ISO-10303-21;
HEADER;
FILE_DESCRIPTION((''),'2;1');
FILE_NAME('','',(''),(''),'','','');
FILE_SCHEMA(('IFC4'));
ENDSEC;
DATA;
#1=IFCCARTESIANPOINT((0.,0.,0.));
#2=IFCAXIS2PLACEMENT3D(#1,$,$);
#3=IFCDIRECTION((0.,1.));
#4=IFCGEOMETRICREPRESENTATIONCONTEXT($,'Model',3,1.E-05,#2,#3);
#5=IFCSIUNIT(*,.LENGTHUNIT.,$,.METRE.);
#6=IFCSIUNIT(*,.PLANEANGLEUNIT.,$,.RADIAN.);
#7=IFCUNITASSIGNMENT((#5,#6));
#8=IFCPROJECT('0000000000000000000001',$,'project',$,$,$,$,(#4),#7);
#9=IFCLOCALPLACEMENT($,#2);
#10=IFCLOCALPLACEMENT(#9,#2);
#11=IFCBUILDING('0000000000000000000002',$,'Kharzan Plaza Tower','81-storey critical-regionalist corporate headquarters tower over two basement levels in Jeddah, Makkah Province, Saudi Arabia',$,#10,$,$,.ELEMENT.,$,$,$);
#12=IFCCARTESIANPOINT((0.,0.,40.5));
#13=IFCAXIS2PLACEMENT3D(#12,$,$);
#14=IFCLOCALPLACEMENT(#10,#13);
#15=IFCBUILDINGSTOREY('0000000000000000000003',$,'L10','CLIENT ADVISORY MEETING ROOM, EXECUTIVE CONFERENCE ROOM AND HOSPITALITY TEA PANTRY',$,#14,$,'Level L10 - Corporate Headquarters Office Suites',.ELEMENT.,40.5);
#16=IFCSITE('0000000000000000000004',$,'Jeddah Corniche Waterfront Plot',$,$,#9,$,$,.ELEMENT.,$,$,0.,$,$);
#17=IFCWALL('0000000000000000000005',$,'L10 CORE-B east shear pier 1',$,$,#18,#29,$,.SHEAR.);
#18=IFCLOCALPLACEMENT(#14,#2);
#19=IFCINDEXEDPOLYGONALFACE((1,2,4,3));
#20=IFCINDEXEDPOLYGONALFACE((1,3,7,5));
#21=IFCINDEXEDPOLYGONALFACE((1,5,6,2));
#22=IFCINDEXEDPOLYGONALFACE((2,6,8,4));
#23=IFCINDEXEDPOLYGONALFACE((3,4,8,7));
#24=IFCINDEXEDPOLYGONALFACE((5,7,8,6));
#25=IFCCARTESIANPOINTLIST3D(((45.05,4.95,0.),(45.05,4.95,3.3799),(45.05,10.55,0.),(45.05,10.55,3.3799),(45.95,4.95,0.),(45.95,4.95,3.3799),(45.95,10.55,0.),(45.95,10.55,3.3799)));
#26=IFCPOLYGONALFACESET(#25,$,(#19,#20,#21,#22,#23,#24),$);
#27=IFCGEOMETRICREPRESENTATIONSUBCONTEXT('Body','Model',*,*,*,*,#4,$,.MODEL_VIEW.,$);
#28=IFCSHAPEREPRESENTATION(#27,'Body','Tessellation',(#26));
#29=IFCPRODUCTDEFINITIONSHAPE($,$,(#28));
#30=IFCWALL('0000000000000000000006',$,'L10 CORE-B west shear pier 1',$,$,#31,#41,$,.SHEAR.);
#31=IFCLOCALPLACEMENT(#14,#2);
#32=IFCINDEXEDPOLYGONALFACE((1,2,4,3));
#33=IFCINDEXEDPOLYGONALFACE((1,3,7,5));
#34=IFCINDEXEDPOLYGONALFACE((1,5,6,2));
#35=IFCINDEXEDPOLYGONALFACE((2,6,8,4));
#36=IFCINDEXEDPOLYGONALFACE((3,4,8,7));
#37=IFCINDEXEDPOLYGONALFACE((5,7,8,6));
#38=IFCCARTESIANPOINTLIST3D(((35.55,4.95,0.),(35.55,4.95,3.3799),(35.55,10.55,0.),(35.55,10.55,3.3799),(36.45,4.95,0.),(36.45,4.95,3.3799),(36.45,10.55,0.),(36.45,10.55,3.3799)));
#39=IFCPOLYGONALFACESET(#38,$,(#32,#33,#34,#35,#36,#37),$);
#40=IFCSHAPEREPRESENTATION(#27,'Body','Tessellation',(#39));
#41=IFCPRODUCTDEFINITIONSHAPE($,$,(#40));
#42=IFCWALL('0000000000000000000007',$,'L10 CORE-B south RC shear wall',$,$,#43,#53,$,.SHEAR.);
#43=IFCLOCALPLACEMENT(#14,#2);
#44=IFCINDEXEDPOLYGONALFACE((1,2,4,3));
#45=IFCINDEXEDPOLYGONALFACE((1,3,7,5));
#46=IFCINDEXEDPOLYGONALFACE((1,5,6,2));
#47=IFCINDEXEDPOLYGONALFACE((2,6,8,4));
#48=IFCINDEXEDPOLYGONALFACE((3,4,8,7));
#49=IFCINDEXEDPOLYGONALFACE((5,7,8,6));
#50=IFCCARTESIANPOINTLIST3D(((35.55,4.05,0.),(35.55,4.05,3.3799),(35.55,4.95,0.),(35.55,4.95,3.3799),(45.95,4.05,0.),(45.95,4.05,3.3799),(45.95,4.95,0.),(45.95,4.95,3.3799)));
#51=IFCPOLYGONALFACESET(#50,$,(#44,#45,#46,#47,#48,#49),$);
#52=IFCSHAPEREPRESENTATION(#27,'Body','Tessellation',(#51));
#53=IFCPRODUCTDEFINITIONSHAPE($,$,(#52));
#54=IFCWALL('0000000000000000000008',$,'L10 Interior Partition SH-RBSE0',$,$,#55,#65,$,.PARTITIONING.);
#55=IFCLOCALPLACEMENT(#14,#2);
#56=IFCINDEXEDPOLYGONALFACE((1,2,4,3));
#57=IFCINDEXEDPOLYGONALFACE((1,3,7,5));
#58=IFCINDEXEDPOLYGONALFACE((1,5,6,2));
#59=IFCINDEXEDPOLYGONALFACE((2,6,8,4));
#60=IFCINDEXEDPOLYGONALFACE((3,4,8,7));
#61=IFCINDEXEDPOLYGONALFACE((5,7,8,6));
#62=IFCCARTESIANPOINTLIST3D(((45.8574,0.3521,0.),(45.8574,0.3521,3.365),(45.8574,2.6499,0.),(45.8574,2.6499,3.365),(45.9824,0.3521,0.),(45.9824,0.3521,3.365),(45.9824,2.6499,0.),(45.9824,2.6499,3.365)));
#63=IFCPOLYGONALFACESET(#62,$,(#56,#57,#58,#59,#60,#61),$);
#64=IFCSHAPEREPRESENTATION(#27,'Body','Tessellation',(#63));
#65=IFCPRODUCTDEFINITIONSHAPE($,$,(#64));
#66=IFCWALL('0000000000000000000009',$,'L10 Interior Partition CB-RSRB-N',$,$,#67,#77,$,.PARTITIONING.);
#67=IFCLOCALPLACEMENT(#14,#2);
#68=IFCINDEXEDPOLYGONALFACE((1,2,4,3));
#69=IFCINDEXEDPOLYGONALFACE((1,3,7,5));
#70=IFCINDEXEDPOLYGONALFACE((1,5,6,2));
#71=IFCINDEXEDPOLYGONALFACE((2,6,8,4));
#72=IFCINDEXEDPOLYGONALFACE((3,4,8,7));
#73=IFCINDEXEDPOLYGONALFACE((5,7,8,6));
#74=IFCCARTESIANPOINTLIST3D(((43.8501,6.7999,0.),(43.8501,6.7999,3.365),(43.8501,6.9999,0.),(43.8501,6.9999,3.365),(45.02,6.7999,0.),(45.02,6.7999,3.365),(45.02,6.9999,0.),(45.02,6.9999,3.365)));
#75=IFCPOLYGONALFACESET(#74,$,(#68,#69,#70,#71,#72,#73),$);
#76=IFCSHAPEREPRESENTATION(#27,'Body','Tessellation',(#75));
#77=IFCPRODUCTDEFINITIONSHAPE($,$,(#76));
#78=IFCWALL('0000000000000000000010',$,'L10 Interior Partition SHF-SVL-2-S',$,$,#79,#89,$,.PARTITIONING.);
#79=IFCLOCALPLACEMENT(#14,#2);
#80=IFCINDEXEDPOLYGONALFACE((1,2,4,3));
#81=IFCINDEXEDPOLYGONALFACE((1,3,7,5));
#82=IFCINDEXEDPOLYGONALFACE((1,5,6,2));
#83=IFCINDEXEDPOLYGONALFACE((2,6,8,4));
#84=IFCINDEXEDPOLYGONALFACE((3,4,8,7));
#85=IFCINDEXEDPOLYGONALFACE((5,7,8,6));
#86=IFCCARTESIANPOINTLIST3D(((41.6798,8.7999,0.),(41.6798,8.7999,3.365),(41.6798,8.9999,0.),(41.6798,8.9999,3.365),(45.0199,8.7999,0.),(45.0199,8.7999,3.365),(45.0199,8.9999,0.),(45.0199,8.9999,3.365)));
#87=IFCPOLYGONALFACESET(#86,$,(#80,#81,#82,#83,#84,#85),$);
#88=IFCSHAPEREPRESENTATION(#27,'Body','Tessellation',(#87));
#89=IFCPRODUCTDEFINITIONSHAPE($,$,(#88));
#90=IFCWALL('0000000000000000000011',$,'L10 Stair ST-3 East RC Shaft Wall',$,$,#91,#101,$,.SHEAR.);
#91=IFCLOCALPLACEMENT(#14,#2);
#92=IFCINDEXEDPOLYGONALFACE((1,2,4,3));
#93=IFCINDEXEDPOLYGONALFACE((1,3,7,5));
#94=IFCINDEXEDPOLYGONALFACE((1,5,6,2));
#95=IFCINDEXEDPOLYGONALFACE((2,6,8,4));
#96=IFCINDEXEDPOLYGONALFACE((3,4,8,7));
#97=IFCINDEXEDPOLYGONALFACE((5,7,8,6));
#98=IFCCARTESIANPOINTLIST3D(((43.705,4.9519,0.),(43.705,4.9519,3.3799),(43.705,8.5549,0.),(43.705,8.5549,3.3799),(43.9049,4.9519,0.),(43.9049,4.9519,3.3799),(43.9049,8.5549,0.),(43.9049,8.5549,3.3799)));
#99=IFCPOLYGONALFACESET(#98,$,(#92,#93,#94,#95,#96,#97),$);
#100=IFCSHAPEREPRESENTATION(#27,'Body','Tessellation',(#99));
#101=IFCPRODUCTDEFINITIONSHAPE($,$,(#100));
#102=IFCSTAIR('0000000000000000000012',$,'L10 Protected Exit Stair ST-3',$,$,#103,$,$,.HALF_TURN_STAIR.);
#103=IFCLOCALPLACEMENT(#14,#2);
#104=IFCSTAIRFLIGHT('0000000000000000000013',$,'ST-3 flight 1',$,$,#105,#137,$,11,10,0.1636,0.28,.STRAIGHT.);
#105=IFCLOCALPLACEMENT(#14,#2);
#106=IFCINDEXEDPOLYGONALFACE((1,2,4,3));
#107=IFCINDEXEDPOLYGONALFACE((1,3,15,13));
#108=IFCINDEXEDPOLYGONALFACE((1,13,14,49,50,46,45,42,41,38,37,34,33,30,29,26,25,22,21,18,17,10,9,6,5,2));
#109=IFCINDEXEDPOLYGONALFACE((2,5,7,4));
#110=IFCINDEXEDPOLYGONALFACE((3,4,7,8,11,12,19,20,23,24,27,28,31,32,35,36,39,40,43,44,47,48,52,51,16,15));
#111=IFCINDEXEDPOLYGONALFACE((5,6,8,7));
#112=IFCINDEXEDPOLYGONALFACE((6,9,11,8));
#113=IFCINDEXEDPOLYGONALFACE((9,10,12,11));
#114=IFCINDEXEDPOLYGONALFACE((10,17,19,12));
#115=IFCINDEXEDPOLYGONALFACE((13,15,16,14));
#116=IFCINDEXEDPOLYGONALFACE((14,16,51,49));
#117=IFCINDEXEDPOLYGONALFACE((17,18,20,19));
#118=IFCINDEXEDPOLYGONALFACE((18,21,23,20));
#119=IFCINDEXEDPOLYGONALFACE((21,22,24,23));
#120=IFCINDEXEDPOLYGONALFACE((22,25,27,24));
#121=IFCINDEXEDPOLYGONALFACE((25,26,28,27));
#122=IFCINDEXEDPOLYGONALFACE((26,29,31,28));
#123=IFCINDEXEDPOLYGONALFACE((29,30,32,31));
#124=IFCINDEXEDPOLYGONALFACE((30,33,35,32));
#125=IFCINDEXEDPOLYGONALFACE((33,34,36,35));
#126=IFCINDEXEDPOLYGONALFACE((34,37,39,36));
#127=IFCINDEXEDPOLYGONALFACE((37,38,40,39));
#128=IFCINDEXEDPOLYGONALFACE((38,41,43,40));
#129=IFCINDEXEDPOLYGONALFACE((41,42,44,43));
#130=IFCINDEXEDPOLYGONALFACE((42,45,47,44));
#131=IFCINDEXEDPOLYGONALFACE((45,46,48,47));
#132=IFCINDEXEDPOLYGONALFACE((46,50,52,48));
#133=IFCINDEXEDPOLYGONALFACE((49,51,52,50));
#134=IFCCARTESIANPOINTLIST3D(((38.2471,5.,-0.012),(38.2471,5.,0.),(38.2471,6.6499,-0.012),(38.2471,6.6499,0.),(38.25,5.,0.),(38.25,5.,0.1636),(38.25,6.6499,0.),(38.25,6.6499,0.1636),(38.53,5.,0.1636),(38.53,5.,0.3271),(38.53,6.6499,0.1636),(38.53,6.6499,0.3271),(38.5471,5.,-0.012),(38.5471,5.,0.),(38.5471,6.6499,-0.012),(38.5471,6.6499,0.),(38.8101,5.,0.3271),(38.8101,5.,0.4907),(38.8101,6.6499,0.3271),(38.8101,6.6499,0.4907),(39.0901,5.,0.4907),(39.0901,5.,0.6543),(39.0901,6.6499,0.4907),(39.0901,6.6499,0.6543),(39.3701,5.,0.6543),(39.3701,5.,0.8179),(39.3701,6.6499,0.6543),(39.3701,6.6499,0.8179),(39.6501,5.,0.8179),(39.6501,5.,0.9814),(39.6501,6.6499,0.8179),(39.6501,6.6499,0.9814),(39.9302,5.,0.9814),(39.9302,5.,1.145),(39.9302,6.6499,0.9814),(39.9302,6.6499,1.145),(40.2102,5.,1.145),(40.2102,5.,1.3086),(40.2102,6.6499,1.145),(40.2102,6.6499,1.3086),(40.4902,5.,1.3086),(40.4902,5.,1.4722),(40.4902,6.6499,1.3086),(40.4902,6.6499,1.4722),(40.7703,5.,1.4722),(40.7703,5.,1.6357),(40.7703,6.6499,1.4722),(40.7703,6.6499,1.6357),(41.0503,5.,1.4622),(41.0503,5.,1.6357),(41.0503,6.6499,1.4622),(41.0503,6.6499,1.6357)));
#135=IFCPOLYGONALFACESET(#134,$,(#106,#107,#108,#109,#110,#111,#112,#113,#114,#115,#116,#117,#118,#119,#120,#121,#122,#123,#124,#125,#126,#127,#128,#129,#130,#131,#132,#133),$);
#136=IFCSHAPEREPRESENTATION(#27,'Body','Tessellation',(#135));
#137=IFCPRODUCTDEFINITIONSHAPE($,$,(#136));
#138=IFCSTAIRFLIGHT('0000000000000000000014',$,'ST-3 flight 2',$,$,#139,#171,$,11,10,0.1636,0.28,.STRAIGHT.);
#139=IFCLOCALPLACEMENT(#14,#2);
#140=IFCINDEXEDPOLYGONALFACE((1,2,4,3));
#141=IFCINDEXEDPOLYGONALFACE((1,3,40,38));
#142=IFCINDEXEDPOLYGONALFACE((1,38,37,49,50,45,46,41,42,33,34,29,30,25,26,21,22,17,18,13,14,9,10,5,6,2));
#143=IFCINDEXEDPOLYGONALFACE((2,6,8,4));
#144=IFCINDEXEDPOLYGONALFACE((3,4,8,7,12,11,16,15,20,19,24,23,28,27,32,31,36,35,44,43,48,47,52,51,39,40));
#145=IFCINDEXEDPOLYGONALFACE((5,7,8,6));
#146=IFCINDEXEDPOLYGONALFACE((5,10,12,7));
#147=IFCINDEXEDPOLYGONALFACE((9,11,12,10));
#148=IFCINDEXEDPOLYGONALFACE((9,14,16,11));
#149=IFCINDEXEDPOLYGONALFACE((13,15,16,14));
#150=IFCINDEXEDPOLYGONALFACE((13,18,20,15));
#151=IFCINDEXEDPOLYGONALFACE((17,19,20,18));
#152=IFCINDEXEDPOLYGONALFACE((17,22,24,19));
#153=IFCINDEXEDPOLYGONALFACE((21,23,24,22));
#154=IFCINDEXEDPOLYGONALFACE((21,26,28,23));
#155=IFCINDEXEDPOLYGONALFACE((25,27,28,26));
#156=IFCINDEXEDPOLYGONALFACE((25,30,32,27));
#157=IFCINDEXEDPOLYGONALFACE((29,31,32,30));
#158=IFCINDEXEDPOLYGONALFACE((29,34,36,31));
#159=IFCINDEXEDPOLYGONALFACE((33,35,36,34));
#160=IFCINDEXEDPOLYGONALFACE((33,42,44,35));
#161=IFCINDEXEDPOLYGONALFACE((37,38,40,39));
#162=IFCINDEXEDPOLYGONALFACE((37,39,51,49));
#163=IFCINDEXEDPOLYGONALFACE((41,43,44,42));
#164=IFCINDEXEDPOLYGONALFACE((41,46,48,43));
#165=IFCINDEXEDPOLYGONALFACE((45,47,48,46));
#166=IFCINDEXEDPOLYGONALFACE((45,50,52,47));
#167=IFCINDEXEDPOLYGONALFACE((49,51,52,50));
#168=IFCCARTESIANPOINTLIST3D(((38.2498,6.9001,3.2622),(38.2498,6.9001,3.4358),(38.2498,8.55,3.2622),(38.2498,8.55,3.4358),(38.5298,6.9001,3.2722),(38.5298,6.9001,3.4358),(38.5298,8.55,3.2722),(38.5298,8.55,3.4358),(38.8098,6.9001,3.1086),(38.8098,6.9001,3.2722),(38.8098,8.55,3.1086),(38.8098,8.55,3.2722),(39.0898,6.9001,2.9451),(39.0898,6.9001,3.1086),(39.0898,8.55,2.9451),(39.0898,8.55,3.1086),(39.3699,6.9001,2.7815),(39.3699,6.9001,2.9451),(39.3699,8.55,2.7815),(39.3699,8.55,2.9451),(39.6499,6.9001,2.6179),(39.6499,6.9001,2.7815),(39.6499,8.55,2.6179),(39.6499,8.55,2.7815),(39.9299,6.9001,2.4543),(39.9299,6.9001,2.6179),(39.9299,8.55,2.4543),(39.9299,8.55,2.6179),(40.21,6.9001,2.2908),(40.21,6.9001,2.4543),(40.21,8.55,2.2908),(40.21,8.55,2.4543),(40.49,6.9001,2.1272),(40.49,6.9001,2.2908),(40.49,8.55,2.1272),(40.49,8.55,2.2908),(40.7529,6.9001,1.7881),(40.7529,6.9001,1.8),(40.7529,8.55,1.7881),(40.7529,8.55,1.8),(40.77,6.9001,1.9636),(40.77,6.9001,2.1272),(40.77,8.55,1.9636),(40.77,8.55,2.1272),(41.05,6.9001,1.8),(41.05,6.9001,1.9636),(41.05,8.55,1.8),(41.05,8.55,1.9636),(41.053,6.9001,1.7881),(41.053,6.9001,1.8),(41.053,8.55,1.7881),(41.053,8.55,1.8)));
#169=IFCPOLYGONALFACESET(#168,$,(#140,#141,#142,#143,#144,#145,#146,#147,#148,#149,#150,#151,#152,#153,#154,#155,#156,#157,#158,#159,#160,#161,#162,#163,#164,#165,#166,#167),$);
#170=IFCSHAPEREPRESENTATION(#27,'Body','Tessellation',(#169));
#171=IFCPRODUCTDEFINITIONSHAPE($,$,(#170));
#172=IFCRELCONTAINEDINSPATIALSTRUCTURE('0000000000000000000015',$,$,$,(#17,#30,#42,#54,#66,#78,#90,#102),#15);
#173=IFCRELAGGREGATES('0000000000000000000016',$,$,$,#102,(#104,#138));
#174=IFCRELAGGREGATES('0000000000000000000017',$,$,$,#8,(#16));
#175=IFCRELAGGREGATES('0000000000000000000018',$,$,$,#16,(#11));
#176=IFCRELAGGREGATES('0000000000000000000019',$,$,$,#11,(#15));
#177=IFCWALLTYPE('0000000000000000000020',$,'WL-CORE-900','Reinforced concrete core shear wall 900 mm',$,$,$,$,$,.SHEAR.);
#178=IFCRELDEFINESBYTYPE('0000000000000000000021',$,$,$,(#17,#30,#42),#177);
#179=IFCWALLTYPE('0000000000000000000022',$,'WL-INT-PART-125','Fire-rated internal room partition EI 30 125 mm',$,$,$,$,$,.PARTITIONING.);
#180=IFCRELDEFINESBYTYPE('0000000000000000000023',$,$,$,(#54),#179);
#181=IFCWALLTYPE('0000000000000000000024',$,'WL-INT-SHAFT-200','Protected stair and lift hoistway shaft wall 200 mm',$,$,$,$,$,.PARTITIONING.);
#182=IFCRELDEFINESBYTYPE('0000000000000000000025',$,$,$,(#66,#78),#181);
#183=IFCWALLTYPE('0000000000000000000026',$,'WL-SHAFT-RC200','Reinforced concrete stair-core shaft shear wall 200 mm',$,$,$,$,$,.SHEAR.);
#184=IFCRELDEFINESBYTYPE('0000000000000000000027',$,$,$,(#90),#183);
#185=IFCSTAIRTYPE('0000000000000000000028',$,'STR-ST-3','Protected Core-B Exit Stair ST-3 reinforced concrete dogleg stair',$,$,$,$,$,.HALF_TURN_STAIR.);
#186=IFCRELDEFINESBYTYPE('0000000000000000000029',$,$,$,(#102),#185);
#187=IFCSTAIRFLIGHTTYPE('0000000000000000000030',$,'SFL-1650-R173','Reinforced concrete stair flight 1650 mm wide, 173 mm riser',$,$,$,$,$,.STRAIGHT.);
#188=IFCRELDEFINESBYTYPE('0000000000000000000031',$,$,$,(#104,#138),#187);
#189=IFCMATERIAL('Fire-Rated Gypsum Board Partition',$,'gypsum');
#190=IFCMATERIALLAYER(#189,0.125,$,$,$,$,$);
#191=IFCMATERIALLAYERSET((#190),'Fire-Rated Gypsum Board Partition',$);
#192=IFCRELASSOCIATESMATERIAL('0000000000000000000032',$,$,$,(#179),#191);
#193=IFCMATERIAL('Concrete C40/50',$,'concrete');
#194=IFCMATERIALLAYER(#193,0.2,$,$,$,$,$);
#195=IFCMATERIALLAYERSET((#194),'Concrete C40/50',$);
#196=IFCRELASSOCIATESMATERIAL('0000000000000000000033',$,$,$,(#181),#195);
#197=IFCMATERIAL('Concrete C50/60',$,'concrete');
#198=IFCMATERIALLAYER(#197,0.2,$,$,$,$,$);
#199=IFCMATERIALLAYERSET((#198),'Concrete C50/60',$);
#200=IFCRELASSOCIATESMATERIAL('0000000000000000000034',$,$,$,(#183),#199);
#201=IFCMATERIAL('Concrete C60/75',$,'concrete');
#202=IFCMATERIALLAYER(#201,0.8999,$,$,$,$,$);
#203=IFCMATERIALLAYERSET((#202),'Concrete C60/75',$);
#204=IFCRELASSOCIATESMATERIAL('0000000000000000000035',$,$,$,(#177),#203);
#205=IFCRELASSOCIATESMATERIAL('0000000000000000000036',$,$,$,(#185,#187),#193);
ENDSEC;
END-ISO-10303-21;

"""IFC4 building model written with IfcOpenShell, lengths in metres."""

from ifc_helpers import new_model, si_unit, direction, frame, frame_2d, origin, place, context, subcontext, project, spatial, polyline, rectangle, outline, extrude, source, transform, mapped, material, layer, layer_set, type_object, element, aggregate, save


model = new_model("IFC4")

# Units and contexts
model_context = context("Model", 3, precision=1e-05, world=origin(), true_north=direction((0.0, 1.0)))
body_context = subcontext(model_context, "Body", "Model", "MODEL_VIEW")
ifc_project = project(units=[si_unit("LENGTHUNIT", "METRE"), si_unit("PLANEANGLEUNIT", "RADIAN")], contexts=[model_context])

# Site, building, storey
site_placement = place(None, origin())
site = spatial("IfcSite", under=ifc_project, at=site_placement, Name="Jeddah Corniche Waterfront Plot", CompositionType="ELEMENT", RefElevation=0.0)
building_placement = place(site_placement, origin())
building = spatial("IfcBuilding", under=site, at=building_placement, Name="Kharzan Plaza Tower", Description="81-storey critical-regionalist corporate headquarters tower over two basement levels in Jeddah, Makkah Province, Saudi Arabia", CompositionType="ELEMENT")
storey_placement = place(building_placement, frame((0.0, 0.0, 40.5)))
storey = spatial("IfcBuildingStorey", under=building, at=storey_placement, Name="L10", Description="CLIENT ADVISORY MEETING ROOM, EXECUTIVE CONFERENCE ROOM AND HOSPITALITY TEA PANTRY", LongName="Level L10 - Corporate Headquarters Office Suites", CompositionType="ELEMENT", Elevation=40.5)

# Shared definitions
ifc_material_1 = material(Name="Concrete C60/75", Category="concrete")

# Shared definitions
ifc_material_2 = material(Name="Concrete C40/50", Category="concrete")

# Shared definitions
ifc_material_3 = material(Name="Fire-Rated Gypsum Board Partition", Category="gypsum")
ifc_layer_1 = layer(ifc_material_3, 0.125)
ifc_layer_set_1 = layer_set([ifc_layer_1], Name="Fire-Rated Gypsum Board Partition")
wall_type_1 = type_object("IfcWallType", Name="WL-INT-PART-125", Description="Fire-rated internal room partition EI 30 125 mm", PredefinedType="PARTITIONING", material=ifc_layer_set_1)
ifc_layer_2 = layer(ifc_material_2, 0.2)
ifc_layer_set_2 = layer_set([ifc_layer_2], Name="Concrete C40/50")
wall_type_2 = type_object("IfcWallType", Name="WL-INT-SHAFT-200", Description="Protected stair and lift hoistway shaft wall 200 mm", PredefinedType="PARTITIONING", material=ifc_layer_set_2)
ifc_material_4 = material(Name="Concrete C50/60", Category="concrete")
ifc_layer_3 = layer(ifc_material_4, 0.2)
ifc_layer_set_3 = layer_set([ifc_layer_3], Name="Concrete C50/60")
wall_type_3 = type_object("IfcWallType", Name="WL-SHAFT-RC200", Description="Reinforced concrete stair-core shaft shear wall 200 mm", PredefinedType="SHEAR", material=ifc_layer_set_3)

# Walls
ifc_layer_4 = layer(ifc_material_1, 0.8999)
ifc_layer_set_4 = layer_set([ifc_layer_4], Name="Concrete C60/75")
wall_type_4 = type_object("IfcWallType", Name="WL-CORE-900", Description="Reinforced concrete core shear wall 900 mm", PredefinedType="SHEAR", material=ifc_layer_set_4)
shared_shape_1 = source(origin(), body_context, "Body", "SweptSolid", [
    extrude(rectangle(XDim=5.6001, YDim=0.8999, at=frame_2d((2.8, 0.0))), origin(), (0.0, 0.0, 1.0), 3.3799),
])
for number, where, z_axis, x_axis, name in (
    (1, (45.5, 4.95, 0.0), (0.0, 0.0, 1.0), (0.0, 1.0, 0.0), "L10 CORE-B east shear pier 1"),
    (2, (36.0, 4.95, 0.0), (0.0, 0.0, 1.0), (0.0, 1.0, 0.0), "L10 CORE-B west shear pier 1"),
):
    element("IfcWall", number, at=place(storey_placement, frame(where, z_axis=z_axis, x_axis=x_axis)), inside=storey, type_object=wall_type_4, Name=name, PredefinedType="SHEAR", context=body_context, shape_type="MappedRepresentation", body=[
        mapped(shared_shape_1, transform((0.0, 0.0, 0.0), x_axis=(1.0, 0.0, 0.0), y_axis=(0.0, 1.0, 0.0), z_axis=(0.0, 0.0, 1.0))),
    ])
shared_shape_2 = source(origin(), body_context, "Body", "SweptSolid", [
    extrude(rectangle(XDim=10.3999, YDim=0.8999, at=frame_2d((5.2, 0.0))), origin(), (0.0, 0.0, 1.0), 3.3799),
])
wall_1_placement = place(storey_placement, frame((35.55, 4.5, 0.0), z_axis=(0.0, 0.0, 1.0), x_axis=(1.0, 0.0, 0.0)))
element("IfcWall", 3, at=wall_1_placement, inside=storey, type_object=wall_type_4, Name="L10 CORE-B south RC shear wall", PredefinedType="SHEAR", context=body_context, shape_type="MappedRepresentation", body=[
    mapped(shared_shape_2, transform((0.0, 0.0, 0.0), x_axis=(1.0, 0.0, 0.0), y_axis=(0.0, 1.0, 0.0), z_axis=(0.0, 0.0, 1.0))),
])
shared_shape_3 = source(origin(), body_context, "Body", "SweptSolid", [
    extrude(rectangle(XDim=2.2979, YDim=0.125, at=frame_2d((1.1489, 0.0))), origin(), (0.0, 0.0, 1.0), 3.365),
])
wall_2_placement = place(storey_placement, frame((45.9199, 0.3521, 0.0), z_axis=(0.0, 0.0, 1.0), x_axis=(0.0, 1.0, 0.0)))
element("IfcWall", 4, at=wall_2_placement, inside=storey, type_object=wall_type_1, Name="L10 Interior Partition SH-RBSE0", PredefinedType="PARTITIONING", context=body_context, shape_type="MappedRepresentation", body=[
    mapped(shared_shape_3, transform((0.0, 0.0, 0.0), x_axis=(1.0, 0.0, 0.0), y_axis=(0.0, 1.0, 0.0), z_axis=(0.0, 0.0, 1.0))),
])
shared_shape_4 = source(origin(), body_context, "Body", "SweptSolid", [
    extrude(rectangle(XDim=1.1699, YDim=0.2, at=frame_2d((0.585, 0.0))), origin(), (0.0, 0.0, 1.0), 3.365),
])
wall_3_placement = place(storey_placement, frame((43.8501, 6.8999, 0.0), z_axis=(0.0, 0.0, 1.0), x_axis=(1.0, 0.0, 0.0)))
element("IfcWall", 5, at=wall_3_placement, inside=storey, type_object=wall_type_2, Name="L10 Interior Partition CB-RSRB-N", PredefinedType="PARTITIONING", context=body_context, shape_type="MappedRepresentation", body=[
    mapped(shared_shape_4, transform((0.0, 0.0, 0.0), x_axis=(1.0, 0.0, 0.0), y_axis=(0.0, 1.0, 0.0), z_axis=(0.0, 0.0, 1.0))),
])
shared_shape_5 = source(origin(), body_context, "Body", "SweptSolid", [
    extrude(rectangle(XDim=3.3401, YDim=0.2, at=frame_2d((1.6699, 0.0))), origin(), (0.0, 0.0, 1.0), 3.365),
])
wall_4_placement = place(storey_placement, frame((41.6799, 8.8999, 0.0), z_axis=(0.0, 0.0, 1.0), x_axis=(1.0, 0.0, 0.0)))
element("IfcWall", 6, at=wall_4_placement, inside=storey, type_object=wall_type_2, Name="L10 Interior Partition SHF-SVL-2-S", PredefinedType="PARTITIONING", context=body_context, shape_type="MappedRepresentation", body=[
    mapped(shared_shape_5, transform((0.0, 0.0, 0.0), x_axis=(1.0, 0.0, 0.0), y_axis=(0.0, 1.0, 0.0), z_axis=(0.0, 0.0, 1.0))),
])
shared_shape_6 = source(origin(), body_context, "Body", "SweptSolid", [
    extrude(rectangle(XDim=3.603, YDim=0.2, at=frame_2d((1.8015, 0.0))), origin(), (0.0, 0.0, 1.0), 3.3799),
])
wall_5_placement = place(storey_placement, frame((43.8049, 4.9519, 0.0), z_axis=(0.0, 0.0, 1.0), x_axis=(0.0, 1.0, 0.0)))
element("IfcWall", 7, at=wall_5_placement, inside=storey, type_object=wall_type_3, Name="L10 Stair ST-3 East RC Shaft Wall", PredefinedType="SHEAR", context=body_context, shape_type="MappedRepresentation", body=[
    mapped(shared_shape_6, transform((0.0, 0.0, 0.0), x_axis=(1.0, 0.0, 0.0), y_axis=(0.0, 1.0, 0.0), z_axis=(0.0, 0.0, 1.0))),
])

# Stair, stair flights
stair_type = type_object("IfcStairType", Name="STR-ST-3", Description="Protected Core-B Exit Stair ST-3 reinforced concrete dogleg stair", PredefinedType="HALF_TURN_STAIR", material=ifc_material_2)
stair_placement = place(storey_placement, origin())
stair = element("IfcStair", 8, at=stair_placement, inside=storey, type_object=stair_type, Name="L10 Protected Exit Stair ST-3", PredefinedType="HALF_TURN_STAIR")
stair_flight_type = type_object("IfcStairFlightType", Name="SFL-1650-R173", Description="Reinforced concrete stair flight 1650 mm wide, 173 mm riser", PredefinedType="STRAIGHT", material=ifc_material_2)
shared_shape_7 = source(origin(), body_context, "Body", "SweptSolid", [
    extrude(outline(polyline([(-0.0029, -0.012), (-0.0029, 0.0), (0.0, 0.0), (0.0, 0.1636), (0.28, 0.1636), (0.28, 0.3271), (0.5601, 0.3271), (0.5601, 0.4907), (0.8401, 0.4907), (0.8401, 0.6543), (1.1201, 0.6543), (1.1201, 0.8179), (1.4001, 0.8179), (1.4001, 0.9814), (1.6802, 0.9814), (1.6802, 1.145), (1.9602, 1.145), (1.9602, 1.3086), (2.2402, 1.3086), (2.2402, 1.4722), (2.5203, 1.4722), (2.5203, 1.6357), (2.8003, 1.6357), (2.8003, 1.7993), (2.8003, 1.4622), (0.2971, 0.0), (0.2971, -0.012), (-0.0029, -0.012)])), frame((0.0, 0.825, 0.0), z_axis=(0.0, -1.0, 0.0), x_axis=(1.0, 0.0, 0.0)), (0.0, 0.0, 1.0), 1.6499),
])
stair_flight_1_placement = place(storey_placement, frame((38.25, 5.825, 0.0), z_axis=(0.0, 0.0, 1.0), x_axis=(1.0, 0.0, 0.0)))
stair_flight_1 = element("IfcStairFlight", 9, at=stair_flight_1_placement, type_object=stair_flight_type, Name="ST-3 flight 1", NumberOfRisers=11, NumberOfTreads=10, PredefinedType="STRAIGHT", RiserHeight=0.1636, TreadLength=0.28, context=body_context, shape_type="MappedRepresentation", body=[
    mapped(shared_shape_7, transform((0.0, 0.0, 0.0), x_axis=(1.0, 0.0, 0.0), y_axis=(0.0, 1.0, 0.0), z_axis=(0.0, 0.0, 1.0))),
])
stair_flight_2_placement = place(storey_placement, frame((41.05, 7.7251, 1.8), z_axis=(0.0, 0.0, 1.0), x_axis=(-1.0, 0.0, 0.0)))
stair_flight_2 = element("IfcStairFlight", 10, at=stair_flight_2_placement, type_object=stair_flight_type, Name="ST-3 flight 2", NumberOfRisers=11, NumberOfTreads=10, PredefinedType="STRAIGHT", RiserHeight=0.1636, TreadLength=0.28, context=body_context, shape_type="MappedRepresentation", body=[
    mapped(shared_shape_7, transform((0.0, 0.0, 0.0), x_axis=(1.0, 0.0, 0.0), y_axis=(0.0, 1.0, 0.0), z_axis=(0.0, 0.0, 1.0))),
])
aggregate(stair, [stair_flight_1, stair_flight_2])

save(model, "model.ifc")
